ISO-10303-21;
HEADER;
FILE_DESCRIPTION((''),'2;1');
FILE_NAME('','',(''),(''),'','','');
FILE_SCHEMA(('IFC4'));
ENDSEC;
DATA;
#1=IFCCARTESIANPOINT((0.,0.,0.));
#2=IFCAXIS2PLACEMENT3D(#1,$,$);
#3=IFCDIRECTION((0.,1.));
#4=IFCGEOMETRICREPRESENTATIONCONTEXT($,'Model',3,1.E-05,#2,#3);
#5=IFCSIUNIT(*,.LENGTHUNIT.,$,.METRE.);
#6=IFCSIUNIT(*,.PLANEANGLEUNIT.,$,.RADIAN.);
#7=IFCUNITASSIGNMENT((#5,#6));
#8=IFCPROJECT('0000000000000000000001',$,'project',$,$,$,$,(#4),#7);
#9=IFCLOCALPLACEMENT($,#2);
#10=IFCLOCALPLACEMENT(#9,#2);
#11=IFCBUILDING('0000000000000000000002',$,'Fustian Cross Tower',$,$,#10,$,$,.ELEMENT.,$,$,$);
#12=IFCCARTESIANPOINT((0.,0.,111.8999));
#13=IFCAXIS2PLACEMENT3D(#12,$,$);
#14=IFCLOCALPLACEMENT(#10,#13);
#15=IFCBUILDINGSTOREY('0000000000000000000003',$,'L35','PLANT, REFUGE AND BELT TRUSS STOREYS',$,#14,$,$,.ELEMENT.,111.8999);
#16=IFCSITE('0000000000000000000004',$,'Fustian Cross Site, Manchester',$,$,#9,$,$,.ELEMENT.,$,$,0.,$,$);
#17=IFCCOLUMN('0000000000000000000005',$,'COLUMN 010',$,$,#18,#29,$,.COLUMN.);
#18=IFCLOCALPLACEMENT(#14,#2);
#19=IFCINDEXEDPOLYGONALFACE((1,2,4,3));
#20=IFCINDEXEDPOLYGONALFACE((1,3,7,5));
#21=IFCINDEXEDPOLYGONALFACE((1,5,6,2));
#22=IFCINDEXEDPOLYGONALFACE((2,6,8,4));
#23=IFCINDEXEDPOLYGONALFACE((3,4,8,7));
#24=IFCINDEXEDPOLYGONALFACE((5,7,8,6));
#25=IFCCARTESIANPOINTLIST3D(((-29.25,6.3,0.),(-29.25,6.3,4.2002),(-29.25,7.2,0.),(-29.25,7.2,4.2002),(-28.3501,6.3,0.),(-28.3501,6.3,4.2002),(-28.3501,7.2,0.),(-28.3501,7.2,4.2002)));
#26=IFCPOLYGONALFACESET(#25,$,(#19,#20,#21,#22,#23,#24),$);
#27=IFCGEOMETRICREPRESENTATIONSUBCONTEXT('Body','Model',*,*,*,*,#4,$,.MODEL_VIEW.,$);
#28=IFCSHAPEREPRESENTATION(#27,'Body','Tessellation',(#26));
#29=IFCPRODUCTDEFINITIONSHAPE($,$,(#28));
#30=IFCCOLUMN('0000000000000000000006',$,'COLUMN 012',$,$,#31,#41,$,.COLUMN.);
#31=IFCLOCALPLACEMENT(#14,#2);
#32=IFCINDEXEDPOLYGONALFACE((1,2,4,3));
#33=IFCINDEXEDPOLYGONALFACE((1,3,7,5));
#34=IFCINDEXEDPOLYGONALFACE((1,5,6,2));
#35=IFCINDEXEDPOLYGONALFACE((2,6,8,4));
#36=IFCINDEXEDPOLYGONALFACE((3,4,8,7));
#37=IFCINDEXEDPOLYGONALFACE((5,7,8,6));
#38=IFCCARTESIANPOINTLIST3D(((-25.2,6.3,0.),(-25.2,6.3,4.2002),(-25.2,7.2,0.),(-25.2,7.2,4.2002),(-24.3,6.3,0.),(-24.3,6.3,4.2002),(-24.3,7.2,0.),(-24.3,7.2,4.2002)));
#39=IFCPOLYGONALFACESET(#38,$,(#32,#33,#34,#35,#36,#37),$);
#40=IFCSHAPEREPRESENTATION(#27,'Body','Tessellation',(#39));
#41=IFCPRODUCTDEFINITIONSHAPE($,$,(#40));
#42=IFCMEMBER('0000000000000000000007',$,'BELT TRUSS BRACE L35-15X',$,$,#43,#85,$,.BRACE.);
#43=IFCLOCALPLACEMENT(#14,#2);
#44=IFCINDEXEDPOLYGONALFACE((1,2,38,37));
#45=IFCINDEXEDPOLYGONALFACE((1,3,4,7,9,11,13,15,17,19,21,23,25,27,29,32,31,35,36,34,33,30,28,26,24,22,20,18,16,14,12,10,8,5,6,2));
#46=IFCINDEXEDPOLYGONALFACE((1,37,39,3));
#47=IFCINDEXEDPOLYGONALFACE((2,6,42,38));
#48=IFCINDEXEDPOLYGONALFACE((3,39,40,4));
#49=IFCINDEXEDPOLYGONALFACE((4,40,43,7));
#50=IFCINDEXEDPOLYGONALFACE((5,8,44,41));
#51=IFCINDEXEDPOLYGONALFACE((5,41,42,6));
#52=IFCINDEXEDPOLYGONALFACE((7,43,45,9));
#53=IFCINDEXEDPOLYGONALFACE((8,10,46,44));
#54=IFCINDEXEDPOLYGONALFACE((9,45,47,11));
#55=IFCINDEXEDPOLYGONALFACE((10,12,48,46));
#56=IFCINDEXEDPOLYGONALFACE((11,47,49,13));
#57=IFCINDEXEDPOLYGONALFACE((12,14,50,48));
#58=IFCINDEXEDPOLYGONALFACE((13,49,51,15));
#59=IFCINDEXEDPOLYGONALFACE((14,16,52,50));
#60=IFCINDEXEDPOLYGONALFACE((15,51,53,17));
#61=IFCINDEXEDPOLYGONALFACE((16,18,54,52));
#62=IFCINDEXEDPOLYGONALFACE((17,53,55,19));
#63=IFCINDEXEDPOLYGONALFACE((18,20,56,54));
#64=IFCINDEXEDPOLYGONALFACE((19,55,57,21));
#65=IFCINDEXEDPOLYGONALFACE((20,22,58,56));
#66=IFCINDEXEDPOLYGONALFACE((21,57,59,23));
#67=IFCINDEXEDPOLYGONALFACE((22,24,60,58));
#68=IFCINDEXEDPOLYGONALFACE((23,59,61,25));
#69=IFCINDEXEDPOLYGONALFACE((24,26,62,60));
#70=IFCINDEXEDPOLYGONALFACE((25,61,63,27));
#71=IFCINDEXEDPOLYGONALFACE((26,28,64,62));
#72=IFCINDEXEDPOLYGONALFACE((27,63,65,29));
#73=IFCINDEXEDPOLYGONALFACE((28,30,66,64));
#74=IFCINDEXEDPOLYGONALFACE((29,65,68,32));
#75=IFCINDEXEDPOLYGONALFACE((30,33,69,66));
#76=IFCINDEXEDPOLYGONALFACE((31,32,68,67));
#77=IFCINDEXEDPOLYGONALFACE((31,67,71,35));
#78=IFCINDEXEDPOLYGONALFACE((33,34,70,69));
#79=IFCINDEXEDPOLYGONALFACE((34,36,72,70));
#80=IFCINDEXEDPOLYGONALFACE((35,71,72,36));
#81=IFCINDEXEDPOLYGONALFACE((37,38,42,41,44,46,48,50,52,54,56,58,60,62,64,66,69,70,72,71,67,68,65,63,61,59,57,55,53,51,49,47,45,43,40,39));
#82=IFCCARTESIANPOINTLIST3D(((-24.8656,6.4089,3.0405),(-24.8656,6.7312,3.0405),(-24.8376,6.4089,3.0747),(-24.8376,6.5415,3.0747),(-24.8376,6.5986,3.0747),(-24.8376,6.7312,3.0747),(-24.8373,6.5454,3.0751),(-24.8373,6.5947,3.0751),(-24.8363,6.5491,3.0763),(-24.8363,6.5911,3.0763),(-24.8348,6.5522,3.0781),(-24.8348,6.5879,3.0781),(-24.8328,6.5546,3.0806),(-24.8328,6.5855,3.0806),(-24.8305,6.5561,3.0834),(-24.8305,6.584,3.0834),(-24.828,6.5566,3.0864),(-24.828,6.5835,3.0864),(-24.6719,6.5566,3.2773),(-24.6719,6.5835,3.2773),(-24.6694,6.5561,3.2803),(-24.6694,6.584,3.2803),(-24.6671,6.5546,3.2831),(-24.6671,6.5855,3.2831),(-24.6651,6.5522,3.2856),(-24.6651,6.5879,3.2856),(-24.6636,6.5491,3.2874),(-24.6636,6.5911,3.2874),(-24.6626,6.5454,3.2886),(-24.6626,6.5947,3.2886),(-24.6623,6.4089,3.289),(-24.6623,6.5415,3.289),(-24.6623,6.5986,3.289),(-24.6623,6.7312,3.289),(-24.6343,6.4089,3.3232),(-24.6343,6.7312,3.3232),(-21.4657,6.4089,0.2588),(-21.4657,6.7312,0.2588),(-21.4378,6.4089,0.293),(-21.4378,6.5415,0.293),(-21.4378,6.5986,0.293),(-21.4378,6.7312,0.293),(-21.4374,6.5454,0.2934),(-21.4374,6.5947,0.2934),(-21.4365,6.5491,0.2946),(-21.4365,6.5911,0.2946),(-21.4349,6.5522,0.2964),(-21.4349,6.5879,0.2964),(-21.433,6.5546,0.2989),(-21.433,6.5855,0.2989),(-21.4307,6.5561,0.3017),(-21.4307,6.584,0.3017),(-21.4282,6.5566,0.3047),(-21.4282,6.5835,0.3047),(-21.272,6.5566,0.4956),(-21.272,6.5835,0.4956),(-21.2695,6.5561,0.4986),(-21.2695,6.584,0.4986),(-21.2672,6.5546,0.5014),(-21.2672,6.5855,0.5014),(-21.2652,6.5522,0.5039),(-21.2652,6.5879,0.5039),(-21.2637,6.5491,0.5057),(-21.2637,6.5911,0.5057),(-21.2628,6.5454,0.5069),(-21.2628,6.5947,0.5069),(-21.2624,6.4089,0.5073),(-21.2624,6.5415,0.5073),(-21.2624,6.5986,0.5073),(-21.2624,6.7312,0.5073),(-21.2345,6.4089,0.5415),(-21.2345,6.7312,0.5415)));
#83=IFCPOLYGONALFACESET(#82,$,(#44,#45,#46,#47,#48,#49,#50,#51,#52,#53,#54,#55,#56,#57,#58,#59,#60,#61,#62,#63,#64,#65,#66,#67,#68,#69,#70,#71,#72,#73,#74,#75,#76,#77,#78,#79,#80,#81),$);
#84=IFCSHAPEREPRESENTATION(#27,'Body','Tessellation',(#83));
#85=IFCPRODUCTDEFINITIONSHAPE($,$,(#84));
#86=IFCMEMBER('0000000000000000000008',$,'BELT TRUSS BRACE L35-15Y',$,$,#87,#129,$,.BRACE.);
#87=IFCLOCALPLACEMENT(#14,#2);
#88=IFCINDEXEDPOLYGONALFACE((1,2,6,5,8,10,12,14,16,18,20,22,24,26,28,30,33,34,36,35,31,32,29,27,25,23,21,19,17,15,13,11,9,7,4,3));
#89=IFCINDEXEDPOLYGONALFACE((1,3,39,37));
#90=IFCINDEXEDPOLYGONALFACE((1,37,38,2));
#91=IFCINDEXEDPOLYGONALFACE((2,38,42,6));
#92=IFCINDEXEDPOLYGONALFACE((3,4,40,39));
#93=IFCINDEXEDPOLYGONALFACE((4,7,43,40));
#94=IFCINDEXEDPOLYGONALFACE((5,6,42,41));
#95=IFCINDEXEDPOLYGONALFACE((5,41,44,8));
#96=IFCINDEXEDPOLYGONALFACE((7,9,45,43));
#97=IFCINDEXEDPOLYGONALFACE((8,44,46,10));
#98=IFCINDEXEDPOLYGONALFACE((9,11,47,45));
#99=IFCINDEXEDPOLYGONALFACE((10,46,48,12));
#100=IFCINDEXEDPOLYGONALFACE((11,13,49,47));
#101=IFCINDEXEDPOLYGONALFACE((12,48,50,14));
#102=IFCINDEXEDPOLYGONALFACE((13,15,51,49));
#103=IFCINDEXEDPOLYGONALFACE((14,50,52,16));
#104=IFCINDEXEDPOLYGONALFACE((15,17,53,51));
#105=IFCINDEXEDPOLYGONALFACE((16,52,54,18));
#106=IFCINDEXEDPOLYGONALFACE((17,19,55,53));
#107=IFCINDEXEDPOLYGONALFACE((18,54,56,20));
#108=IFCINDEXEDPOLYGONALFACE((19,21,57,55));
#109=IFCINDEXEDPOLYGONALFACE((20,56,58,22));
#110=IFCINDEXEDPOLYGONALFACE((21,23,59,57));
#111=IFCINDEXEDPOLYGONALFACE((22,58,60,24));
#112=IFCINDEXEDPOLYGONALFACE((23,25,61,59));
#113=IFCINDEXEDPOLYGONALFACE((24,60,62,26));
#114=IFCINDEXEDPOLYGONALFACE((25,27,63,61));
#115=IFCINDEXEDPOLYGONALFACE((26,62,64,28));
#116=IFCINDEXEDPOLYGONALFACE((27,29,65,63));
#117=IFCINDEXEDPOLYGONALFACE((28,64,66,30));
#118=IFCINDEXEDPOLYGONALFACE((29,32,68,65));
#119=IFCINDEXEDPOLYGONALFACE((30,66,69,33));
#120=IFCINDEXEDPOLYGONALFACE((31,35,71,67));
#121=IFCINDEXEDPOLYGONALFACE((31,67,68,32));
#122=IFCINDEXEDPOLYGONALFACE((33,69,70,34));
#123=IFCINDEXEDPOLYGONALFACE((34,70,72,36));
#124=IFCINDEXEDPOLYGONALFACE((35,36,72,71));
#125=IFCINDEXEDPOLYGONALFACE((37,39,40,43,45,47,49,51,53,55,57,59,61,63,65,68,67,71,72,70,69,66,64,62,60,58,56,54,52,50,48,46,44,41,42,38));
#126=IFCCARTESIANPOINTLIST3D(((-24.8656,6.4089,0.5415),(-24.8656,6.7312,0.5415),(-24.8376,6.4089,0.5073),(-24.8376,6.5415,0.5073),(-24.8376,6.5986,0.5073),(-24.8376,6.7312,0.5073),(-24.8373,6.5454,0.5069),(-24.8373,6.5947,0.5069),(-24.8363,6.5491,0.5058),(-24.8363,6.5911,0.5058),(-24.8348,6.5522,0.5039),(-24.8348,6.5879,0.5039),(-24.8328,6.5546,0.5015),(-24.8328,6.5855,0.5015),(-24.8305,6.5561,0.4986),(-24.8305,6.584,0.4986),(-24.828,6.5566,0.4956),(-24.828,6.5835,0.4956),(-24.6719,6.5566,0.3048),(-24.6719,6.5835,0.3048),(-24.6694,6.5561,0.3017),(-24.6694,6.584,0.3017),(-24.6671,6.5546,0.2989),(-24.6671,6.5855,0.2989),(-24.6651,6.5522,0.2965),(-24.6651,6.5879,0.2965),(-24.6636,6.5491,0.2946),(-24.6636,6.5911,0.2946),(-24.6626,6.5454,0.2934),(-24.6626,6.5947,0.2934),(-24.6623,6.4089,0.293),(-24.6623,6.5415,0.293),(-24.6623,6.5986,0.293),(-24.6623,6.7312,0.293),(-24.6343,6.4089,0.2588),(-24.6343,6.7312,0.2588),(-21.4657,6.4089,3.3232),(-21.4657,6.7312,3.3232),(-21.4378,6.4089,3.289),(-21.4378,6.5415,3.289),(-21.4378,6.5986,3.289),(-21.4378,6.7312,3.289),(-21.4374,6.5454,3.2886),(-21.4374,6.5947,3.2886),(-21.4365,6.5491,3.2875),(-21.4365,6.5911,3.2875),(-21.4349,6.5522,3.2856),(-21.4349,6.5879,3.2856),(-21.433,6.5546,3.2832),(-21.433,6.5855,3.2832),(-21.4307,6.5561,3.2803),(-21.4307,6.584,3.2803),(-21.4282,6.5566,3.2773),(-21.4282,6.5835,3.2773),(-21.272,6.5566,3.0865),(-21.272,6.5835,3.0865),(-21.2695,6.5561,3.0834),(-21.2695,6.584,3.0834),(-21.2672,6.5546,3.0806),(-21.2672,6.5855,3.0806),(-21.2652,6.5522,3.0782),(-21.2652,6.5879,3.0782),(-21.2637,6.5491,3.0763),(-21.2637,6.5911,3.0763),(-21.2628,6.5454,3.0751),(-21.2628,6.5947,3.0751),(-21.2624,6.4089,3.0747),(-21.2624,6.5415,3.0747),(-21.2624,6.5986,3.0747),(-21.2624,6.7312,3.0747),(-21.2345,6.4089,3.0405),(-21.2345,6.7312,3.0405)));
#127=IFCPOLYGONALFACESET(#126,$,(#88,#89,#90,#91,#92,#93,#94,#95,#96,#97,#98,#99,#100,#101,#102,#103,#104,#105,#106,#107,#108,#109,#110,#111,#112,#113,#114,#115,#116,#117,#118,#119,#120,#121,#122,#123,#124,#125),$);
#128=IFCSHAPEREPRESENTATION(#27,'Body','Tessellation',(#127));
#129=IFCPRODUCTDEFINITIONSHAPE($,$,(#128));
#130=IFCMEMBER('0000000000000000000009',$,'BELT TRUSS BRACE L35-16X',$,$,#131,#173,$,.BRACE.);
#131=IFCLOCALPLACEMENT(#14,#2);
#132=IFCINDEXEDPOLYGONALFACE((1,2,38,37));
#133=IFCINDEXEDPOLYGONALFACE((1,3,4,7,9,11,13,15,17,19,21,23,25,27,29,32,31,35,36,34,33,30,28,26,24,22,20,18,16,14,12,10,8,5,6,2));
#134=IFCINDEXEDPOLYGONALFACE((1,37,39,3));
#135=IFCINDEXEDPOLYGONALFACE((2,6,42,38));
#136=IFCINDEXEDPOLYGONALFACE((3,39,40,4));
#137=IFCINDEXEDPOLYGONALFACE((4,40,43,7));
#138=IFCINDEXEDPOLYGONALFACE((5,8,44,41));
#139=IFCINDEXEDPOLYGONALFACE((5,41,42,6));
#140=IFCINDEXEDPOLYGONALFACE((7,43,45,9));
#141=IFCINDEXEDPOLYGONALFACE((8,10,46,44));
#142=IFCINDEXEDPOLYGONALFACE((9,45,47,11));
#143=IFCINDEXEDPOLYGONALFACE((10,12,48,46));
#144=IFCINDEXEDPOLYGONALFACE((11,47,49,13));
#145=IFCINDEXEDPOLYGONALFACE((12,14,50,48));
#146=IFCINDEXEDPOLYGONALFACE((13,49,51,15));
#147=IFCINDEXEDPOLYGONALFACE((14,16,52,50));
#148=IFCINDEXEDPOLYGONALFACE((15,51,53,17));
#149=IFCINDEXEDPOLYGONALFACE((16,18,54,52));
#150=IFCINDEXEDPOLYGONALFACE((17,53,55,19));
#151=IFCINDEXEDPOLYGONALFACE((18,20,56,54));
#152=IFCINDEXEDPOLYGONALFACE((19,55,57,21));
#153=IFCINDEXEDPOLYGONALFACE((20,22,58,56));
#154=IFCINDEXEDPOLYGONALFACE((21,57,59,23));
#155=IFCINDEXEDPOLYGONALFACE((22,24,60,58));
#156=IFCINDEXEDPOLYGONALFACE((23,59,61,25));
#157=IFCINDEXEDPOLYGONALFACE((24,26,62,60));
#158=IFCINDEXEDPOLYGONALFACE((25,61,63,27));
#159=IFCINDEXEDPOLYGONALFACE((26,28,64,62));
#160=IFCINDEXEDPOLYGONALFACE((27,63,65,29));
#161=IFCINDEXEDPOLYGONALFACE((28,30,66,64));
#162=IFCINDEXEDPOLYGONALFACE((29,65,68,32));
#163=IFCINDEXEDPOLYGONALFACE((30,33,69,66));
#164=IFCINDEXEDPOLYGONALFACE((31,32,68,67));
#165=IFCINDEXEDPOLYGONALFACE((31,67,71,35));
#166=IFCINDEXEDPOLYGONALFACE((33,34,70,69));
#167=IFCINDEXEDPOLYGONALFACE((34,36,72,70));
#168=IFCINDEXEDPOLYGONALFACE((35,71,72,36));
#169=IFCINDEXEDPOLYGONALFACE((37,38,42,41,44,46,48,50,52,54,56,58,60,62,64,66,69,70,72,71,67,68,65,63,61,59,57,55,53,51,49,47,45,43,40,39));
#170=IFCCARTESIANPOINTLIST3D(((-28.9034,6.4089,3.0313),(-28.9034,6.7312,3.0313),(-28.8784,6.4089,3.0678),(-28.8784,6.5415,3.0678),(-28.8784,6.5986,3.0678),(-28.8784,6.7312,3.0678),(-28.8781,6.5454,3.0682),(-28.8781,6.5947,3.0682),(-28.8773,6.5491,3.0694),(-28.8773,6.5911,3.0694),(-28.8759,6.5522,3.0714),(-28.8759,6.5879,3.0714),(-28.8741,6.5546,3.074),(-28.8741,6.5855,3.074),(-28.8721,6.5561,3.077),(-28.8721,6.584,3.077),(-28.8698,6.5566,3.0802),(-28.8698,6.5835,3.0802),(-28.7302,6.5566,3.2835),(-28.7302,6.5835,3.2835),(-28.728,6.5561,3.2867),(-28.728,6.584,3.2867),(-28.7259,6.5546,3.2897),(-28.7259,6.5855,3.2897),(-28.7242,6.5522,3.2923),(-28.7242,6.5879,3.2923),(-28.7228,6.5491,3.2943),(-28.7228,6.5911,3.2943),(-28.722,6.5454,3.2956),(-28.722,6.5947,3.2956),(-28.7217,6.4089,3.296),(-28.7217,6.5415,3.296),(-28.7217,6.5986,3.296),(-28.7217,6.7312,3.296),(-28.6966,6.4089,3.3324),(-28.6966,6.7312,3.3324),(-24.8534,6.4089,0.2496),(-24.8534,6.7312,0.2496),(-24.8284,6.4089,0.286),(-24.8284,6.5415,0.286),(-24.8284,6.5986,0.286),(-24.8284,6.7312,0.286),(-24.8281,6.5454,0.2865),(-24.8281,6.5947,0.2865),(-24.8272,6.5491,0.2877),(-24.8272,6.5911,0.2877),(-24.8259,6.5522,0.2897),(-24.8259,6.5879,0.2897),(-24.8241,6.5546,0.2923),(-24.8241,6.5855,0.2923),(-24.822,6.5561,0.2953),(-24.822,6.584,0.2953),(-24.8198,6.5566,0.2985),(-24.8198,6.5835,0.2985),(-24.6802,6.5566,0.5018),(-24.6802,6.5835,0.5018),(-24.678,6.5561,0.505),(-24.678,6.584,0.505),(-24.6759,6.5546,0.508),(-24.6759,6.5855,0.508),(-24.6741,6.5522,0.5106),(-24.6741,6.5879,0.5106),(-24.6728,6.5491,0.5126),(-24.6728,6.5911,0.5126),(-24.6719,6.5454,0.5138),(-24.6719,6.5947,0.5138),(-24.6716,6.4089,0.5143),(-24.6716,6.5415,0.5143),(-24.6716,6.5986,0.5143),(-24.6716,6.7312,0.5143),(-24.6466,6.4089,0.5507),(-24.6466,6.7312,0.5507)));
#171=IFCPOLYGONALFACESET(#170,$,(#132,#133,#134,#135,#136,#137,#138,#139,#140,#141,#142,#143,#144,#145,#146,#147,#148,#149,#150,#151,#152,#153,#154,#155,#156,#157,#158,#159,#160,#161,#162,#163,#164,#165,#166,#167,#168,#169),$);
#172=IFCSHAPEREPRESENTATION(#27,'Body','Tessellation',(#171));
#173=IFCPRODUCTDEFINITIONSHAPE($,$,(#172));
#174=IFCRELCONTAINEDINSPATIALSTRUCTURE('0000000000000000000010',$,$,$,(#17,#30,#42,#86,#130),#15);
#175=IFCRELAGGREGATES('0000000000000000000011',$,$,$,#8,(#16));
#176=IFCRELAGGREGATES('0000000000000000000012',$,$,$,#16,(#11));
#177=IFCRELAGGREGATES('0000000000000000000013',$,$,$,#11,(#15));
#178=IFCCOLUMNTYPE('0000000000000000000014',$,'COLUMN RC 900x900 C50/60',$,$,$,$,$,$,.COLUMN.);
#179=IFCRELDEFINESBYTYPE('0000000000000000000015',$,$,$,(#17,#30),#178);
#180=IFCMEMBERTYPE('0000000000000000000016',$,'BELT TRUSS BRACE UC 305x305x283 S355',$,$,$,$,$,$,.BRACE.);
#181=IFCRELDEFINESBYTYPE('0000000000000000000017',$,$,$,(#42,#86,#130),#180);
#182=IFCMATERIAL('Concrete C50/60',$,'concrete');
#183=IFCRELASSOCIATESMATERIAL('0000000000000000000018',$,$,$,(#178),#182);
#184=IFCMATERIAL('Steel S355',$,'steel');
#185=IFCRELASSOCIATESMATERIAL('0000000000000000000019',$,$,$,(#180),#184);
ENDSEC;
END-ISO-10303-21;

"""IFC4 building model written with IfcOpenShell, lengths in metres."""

from ifc_helpers import new_model, si_unit, direction, frame, origin, origin_2d, place, context, subcontext, project, spatial, rectangle, i_section, extrude, material, material_profile, profile_set, type_object, element, save


model = new_model("IFC4")

# Units and contexts
model_context = context("Model", 3, precision=1e-05, world=origin(), true_north=direction((0.0, 1.0)))
body_context = subcontext(model_context, "Body", "Model", "MODEL_VIEW")
ifc_project = project(units=[si_unit("LENGTHUNIT", "METRE"), si_unit("PLANEANGLEUNIT", "RADIAN")], contexts=[model_context])

# Site, building, storey
site_placement = place(None, origin())
site = spatial("IfcSite", under=ifc_project, at=site_placement, Name="Fustian Cross Site, Manchester", CompositionType="ELEMENT", RefElevation=0.0)
building_placement = place(site_placement, origin())
building = spatial("IfcBuilding", under=site, at=building_placement, Name="Fustian Cross Tower", CompositionType="ELEMENT")
storey_placement = place(building_placement, frame((0.0, 0.0, 111.8999)))
storey = spatial("IfcBuildingStorey", under=building, at=storey_placement, Name="L35", Description="PLANT, REFUGE AND BELT TRUSS STOREYS", CompositionType="ELEMENT", Elevation=111.8999)

# Columns
ifc_material_1 = material(Name="Concrete C50/60", Category="concrete")
ifc_material_profile_1 = material_profile(ifc_material_1, rectangle(XDim=0.8999, YDim=0.8999, at=origin_2d()), Name="RC 900x900")
ifc_profile_set_1 = profile_set([ifc_material_profile_1], Name="Concrete C50/60")
column_type = type_object("IfcColumnType", Name="COLUMN RC 900x900 C50/60", PredefinedType="COLUMN", material=ifc_profile_set_1)
for number, where, z_axis, x_axis, name in (
    (1, (-28.8, 6.75, 0.0), (0.0, 0.0, 1.0), (1.0, 0.0, 0.0), "COLUMN 010"),
    (2, (-24.75, 6.75, 0.0), (0.0, 0.0, 1.0), (1.0, 0.0, 0.0), "COLUMN 012"),
):
    element("IfcColumn", number, at=place(storey_placement, frame(where, z_axis=z_axis, x_axis=x_axis)), inside=storey, type_object=column_type, Name=name, PredefinedType="COLUMN", context=body_context, shape_type="SweptSolid", body=[
        extrude(rectangle(XDim=0.8999, YDim=0.8999, at=origin_2d()), origin(), (0.0, 0.0, 1.0), 4.2002),
    ])

# Members
ifc_material_2 = material(Name="Steel S355", Category="steel")
ifc_material_profile_2 = material_profile(ifc_material_2, i_section(OverallWidth=0.3223, OverallDepth=0.3652, WebThickness=0.0269, FlangeThickness=0.0442, FilletRadius=0.0151, at=origin_2d()), Name="UC 305x305x283")
ifc_profile_set_2 = profile_set([ifc_material_profile_2], Name="Steel S355")
member_type_1 = type_object("IfcMemberType", Name="BELT TRUSS BRACE UC 305x305x283 S355", PredefinedType="BRACE", material=ifc_profile_set_2)
for number, where, z_axis, x_axis, name in (
    (3, (-21.3501, 6.5701, 0.4001), (-0.773957, 0.0, 0.633238), (0.0, -1.0, 0.0), "BELT TRUSS BRACE L35-15X"),
    (4, (-21.3501, 6.5701, 3.1819), (-0.773957, 0.0, -0.633238), (0.0, -1.0, 0.0), "BELT TRUSS BRACE L35-15Y"),
):
    element("IfcMember", number, at=place(storey_placement, frame(where, z_axis=z_axis, x_axis=x_axis)), inside=storey, type_object=member_type_1, Name=name, PredefinedType="BRACE", context=body_context, shape_type="SweptSolid", body=[
        extrude(i_section(OverallWidth=0.3223, OverallDepth=0.3652, WebThickness=0.0269, FlangeThickness=0.0442, FilletRadius=0.0151, at=origin_2d()), origin(), (0.0, 0.0, 1.0), 4.3928),
    ])
for number, where, z_axis, x_axis, name in (
    (5, (-24.75, 6.5701, 0.4001), (-0.824296, 0.0, 0.56616), (0.0, -1.0, 0.0), "BELT TRUSS BRACE L35-16X"),
):
    element("IfcMember", number, at=place(storey_placement, frame(where, z_axis=z_axis, x_axis=x_axis)), inside=storey, type_object=member_type_1, Name=name, PredefinedType="BRACE", context=body_context, shape_type="SweptSolid", body=[
        extrude(i_section(OverallWidth=0.3223, OverallDepth=0.3652, WebThickness=0.0269, FlangeThickness=0.0442, FilletRadius=0.0151, at=origin_2d()), origin(), (0.0, 0.0, 1.0), 4.9133),
    ])

save(model, "model.ifc")
